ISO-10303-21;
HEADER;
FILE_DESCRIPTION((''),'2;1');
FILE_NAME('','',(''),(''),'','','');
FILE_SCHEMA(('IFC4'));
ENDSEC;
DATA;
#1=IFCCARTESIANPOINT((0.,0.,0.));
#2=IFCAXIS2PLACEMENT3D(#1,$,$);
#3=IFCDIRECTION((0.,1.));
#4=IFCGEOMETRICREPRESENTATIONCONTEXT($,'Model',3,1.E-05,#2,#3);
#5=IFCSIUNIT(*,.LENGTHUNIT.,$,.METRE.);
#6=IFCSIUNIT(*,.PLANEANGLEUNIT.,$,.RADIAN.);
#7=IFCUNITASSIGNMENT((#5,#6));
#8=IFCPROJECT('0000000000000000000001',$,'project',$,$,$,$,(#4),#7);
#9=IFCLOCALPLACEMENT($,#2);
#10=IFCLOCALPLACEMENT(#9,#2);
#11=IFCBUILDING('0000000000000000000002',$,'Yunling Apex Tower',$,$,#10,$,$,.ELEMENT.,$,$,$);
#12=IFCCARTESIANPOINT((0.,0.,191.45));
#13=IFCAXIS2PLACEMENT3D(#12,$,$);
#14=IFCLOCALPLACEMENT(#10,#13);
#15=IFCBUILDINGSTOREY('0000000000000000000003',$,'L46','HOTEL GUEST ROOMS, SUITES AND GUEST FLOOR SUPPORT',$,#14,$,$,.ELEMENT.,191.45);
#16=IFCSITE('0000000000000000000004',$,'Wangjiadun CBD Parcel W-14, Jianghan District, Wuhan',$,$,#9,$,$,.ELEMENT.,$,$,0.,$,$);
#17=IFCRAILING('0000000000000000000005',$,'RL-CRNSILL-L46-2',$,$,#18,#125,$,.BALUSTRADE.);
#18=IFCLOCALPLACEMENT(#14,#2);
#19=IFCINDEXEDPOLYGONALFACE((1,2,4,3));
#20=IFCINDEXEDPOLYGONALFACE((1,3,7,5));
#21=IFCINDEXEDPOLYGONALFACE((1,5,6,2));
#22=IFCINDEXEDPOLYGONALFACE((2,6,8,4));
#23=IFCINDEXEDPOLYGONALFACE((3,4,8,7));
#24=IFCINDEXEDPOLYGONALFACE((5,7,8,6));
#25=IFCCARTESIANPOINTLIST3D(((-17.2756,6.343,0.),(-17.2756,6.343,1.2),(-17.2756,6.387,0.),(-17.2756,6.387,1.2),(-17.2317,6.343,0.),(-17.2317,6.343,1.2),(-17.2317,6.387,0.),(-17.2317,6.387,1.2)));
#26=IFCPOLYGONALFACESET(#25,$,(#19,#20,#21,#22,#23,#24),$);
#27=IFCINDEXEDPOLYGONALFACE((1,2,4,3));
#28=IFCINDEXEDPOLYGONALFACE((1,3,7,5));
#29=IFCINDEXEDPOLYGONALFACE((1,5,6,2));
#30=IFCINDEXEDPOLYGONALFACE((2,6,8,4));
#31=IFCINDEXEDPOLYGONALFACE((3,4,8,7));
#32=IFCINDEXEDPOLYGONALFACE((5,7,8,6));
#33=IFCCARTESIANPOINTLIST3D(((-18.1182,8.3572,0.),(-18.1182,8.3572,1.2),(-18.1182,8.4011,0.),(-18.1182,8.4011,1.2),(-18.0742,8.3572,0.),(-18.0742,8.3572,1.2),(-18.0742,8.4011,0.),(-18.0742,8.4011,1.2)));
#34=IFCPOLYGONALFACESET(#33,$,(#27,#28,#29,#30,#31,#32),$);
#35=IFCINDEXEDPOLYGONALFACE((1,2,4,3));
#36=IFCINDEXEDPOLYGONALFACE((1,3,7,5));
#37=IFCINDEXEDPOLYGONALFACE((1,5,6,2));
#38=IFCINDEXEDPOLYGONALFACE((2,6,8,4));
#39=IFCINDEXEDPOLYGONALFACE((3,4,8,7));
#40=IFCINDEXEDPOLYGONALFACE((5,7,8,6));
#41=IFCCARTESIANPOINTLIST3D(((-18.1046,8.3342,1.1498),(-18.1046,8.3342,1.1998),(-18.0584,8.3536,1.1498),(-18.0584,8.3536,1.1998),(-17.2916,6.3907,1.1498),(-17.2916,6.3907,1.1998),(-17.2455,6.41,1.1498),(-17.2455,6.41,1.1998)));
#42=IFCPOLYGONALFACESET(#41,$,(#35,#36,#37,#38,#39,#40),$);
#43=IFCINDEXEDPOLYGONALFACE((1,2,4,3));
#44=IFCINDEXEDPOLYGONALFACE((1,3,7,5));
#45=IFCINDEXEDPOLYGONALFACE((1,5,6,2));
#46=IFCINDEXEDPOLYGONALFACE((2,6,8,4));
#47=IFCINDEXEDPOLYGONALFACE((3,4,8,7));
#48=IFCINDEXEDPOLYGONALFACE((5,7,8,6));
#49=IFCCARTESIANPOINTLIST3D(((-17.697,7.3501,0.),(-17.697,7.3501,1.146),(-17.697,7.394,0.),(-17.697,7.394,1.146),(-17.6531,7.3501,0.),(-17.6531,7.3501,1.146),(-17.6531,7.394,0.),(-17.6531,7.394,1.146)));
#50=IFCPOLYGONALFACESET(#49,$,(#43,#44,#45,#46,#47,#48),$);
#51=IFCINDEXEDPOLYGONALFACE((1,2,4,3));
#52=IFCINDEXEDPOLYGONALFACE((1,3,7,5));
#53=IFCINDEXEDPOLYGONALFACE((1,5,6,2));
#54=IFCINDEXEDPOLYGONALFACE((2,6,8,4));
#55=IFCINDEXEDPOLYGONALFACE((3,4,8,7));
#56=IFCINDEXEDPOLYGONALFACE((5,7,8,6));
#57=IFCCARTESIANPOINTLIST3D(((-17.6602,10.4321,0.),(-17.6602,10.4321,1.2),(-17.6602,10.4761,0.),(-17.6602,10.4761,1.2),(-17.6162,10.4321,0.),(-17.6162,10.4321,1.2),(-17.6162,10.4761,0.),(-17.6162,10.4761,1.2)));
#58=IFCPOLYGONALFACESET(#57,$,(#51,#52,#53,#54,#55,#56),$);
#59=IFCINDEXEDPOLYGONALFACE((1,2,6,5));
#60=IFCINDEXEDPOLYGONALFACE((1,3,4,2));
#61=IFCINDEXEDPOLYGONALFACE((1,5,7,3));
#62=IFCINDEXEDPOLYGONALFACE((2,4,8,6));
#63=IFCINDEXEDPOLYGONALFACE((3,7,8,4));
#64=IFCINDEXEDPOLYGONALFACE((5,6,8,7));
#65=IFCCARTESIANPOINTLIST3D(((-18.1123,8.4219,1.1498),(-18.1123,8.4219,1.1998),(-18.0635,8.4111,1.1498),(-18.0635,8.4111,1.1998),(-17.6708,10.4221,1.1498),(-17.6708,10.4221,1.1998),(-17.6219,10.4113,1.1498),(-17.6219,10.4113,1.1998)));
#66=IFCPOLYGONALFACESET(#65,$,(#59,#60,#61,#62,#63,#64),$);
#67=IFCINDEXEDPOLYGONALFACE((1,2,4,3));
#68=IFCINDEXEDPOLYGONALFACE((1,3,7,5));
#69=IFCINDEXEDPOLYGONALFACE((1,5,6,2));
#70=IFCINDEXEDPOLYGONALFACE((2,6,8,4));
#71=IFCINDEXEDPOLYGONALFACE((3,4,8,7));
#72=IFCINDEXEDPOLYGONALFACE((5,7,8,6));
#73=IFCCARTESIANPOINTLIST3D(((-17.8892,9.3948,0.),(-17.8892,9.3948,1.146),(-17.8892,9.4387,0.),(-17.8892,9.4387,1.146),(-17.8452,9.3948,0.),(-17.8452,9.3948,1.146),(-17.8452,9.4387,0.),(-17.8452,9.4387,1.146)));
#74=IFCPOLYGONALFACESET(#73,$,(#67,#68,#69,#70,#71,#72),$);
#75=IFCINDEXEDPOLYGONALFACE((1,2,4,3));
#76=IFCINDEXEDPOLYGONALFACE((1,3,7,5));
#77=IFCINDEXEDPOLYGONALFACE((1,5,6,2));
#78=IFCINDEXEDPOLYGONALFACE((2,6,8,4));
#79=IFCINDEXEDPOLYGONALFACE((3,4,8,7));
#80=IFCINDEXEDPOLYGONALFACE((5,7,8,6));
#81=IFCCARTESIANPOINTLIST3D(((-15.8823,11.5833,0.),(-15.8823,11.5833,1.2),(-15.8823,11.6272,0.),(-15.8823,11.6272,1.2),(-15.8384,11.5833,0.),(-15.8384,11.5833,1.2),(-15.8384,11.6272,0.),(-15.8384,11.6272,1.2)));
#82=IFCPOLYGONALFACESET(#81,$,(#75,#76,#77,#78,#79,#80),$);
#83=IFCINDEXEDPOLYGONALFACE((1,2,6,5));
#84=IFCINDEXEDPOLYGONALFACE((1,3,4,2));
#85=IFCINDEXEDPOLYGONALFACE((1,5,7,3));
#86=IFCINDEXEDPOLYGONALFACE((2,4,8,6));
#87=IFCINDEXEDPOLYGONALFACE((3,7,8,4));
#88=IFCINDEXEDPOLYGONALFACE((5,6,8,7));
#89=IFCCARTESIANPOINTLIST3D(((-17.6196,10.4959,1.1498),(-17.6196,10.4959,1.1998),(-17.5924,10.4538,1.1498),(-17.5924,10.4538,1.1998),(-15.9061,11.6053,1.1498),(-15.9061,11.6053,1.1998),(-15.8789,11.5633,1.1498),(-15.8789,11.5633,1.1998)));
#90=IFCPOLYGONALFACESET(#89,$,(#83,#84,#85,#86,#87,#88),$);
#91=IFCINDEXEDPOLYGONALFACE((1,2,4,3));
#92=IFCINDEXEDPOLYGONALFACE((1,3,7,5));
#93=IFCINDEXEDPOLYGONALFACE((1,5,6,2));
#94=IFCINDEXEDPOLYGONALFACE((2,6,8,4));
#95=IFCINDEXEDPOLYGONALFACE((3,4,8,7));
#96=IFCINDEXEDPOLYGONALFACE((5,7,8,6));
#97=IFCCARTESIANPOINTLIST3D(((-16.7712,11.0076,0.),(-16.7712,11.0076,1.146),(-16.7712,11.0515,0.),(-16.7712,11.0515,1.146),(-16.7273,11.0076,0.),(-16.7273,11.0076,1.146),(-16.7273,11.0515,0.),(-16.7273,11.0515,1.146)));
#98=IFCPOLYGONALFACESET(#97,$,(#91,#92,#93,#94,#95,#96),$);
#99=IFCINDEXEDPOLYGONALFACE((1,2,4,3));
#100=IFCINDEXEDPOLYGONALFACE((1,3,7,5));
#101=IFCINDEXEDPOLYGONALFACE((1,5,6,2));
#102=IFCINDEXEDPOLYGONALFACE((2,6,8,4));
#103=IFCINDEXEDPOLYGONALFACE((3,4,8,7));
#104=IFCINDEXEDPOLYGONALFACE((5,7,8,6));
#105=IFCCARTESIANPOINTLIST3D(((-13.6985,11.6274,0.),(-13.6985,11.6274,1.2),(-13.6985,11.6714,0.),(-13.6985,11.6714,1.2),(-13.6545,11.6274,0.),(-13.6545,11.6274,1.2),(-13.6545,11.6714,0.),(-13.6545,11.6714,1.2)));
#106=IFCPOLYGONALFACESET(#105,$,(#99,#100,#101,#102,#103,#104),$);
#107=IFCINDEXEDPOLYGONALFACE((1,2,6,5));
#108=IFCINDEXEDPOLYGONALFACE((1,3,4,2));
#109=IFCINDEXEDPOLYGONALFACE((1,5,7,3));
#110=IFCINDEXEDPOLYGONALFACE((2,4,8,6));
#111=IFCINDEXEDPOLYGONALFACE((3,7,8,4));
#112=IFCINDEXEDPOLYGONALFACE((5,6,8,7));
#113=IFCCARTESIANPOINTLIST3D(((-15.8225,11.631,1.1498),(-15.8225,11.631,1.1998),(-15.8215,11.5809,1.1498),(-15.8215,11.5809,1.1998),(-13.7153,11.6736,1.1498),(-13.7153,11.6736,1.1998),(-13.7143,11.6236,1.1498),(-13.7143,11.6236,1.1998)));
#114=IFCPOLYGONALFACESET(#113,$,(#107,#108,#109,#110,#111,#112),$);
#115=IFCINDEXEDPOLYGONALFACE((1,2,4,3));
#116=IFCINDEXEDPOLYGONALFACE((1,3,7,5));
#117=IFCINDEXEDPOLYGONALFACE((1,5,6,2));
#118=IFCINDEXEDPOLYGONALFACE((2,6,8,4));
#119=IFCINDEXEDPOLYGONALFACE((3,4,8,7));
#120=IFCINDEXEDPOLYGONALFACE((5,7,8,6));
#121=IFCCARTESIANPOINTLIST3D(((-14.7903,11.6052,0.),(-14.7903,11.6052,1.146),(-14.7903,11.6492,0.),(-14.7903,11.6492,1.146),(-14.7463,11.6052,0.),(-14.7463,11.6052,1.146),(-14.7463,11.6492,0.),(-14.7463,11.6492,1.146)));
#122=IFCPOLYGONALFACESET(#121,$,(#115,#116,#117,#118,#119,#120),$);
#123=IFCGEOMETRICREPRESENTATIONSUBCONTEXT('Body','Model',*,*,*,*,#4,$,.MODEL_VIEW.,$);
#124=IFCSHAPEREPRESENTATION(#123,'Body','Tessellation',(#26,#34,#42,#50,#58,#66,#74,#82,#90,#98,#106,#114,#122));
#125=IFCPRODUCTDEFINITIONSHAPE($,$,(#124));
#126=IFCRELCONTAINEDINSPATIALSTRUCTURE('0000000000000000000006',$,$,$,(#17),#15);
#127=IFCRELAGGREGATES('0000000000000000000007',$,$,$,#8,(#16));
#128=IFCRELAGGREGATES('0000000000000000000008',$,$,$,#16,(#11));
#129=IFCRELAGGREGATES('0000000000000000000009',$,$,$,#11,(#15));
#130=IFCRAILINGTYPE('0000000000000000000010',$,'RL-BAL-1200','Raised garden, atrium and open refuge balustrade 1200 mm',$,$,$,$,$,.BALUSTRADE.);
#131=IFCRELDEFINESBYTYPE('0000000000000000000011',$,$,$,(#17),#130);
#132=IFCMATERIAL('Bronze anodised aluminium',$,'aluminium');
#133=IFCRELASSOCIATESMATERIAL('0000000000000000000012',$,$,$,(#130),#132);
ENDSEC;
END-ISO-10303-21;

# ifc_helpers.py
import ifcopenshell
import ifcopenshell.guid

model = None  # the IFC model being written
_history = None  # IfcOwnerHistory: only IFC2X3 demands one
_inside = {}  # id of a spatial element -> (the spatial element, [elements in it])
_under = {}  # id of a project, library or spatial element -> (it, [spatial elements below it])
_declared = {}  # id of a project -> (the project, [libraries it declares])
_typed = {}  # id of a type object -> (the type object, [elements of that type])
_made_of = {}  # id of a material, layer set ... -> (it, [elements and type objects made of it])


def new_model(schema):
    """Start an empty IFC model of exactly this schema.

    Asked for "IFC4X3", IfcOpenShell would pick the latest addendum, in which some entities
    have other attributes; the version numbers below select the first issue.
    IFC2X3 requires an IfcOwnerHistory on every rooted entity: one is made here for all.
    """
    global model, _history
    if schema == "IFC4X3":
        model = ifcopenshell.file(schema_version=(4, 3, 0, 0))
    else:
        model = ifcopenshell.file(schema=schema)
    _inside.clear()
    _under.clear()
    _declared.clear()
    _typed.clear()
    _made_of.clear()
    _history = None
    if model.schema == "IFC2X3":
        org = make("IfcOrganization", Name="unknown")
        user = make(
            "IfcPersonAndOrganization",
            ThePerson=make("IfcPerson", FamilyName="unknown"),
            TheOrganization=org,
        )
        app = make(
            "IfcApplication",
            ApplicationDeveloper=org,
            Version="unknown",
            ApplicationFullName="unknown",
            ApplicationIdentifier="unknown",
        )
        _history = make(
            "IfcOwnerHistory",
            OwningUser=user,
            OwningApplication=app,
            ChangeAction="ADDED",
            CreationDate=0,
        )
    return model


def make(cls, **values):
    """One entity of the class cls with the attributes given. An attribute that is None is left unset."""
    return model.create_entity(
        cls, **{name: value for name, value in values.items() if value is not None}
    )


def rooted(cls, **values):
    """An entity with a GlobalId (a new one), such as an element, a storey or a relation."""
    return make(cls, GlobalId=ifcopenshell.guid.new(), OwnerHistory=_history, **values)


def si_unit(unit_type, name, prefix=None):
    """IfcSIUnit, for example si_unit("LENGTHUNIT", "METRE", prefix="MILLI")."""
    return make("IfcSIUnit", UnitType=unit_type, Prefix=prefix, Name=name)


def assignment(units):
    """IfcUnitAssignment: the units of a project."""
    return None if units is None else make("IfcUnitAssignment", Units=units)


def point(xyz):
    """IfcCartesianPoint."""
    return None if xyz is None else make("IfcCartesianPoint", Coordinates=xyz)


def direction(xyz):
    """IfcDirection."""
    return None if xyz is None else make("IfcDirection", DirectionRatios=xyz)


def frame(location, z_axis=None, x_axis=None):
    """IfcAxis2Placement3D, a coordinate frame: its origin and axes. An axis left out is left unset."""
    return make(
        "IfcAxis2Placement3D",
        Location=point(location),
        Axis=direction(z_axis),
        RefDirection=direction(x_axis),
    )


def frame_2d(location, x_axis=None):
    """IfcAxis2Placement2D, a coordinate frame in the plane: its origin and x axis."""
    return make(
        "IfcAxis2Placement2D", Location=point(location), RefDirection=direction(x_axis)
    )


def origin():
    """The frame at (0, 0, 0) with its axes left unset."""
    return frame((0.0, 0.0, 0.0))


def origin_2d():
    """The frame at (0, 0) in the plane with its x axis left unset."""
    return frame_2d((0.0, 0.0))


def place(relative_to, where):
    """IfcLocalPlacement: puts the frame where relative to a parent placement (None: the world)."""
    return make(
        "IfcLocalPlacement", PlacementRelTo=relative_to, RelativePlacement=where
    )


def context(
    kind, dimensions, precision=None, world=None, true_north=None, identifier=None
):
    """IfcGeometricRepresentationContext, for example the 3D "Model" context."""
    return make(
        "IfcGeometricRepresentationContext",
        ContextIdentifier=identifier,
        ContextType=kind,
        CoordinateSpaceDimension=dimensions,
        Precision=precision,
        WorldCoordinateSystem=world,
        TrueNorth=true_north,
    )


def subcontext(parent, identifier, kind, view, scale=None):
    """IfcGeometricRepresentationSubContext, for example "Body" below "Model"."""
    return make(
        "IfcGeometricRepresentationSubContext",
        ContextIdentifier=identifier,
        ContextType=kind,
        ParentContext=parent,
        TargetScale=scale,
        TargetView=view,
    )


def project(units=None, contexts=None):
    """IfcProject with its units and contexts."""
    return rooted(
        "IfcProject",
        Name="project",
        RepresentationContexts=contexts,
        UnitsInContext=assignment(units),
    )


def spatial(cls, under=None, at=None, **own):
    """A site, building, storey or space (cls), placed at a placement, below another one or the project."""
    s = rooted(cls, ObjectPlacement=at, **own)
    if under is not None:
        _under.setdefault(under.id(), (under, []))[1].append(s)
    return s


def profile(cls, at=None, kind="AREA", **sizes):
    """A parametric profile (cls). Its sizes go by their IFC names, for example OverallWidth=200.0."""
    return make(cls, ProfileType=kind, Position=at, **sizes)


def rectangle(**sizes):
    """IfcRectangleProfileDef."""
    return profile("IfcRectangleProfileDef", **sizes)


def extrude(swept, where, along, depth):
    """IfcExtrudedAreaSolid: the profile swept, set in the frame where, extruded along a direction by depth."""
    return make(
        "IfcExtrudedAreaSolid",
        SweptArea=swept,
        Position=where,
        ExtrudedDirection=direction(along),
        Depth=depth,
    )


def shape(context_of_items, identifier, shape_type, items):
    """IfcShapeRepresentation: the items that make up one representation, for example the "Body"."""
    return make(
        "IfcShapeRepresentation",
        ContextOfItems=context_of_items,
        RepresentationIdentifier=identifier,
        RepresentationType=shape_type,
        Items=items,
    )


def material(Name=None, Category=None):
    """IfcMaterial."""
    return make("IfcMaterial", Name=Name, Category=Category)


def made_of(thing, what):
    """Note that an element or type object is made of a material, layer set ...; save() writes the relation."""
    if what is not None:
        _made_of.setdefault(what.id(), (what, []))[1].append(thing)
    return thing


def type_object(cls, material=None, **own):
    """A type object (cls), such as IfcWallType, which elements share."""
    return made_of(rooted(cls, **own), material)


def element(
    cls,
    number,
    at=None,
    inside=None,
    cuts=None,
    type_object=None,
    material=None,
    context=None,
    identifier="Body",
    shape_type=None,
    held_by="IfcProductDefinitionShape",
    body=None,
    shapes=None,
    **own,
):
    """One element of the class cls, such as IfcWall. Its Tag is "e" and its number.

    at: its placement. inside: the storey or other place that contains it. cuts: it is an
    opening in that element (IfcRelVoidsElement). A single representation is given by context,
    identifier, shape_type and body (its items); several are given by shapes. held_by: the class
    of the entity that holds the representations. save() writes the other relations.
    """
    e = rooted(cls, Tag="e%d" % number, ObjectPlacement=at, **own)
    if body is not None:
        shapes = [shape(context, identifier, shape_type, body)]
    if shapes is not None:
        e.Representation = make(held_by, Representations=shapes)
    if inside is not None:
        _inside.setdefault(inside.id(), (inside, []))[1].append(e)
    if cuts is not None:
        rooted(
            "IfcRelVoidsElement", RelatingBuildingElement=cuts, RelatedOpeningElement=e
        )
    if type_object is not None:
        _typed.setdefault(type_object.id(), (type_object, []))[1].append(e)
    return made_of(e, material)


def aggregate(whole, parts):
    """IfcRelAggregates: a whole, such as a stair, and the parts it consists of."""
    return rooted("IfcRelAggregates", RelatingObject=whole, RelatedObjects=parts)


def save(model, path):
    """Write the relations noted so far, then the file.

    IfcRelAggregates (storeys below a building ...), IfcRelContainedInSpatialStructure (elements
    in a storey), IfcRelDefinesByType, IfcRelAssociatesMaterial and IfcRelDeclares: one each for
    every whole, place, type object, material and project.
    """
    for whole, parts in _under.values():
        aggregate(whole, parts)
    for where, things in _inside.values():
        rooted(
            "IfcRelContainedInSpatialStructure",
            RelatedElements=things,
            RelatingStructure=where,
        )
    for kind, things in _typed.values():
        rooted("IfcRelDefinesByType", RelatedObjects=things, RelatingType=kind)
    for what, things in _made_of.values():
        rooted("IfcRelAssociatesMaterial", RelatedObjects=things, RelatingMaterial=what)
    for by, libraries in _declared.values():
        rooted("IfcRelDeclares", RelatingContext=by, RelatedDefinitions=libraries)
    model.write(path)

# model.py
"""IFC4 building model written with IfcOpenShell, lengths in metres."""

from ifc_helpers import new_model, si_unit, direction, frame, origin, origin_2d, place, context, subcontext, project, spatial, rectangle, extrude, material, type_object, element, save


model = new_model("IFC4")

# Units and contexts
model_context = context("Model", 3, precision=1e-05, world=origin(), true_north=direction((0.0, 1.0)))
body_context = subcontext(model_context, "Body", "Model", "MODEL_VIEW")
ifc_project = project(units=[si_unit("LENGTHUNIT", "METRE"), si_unit("PLANEANGLEUNIT", "RADIAN")], contexts=[model_context])

# Site, building, storey
site_placement = place(None, origin())
site = spatial("IfcSite", under=ifc_project, at=site_placement, Name="Wangjiadun CBD Parcel W-14, Jianghan District, Wuhan", CompositionType="ELEMENT", RefElevation=0.0)
building_placement = place(site_placement, origin())
building = spatial("IfcBuilding", under=site, at=building_placement, Name="Yunling Apex Tower", CompositionType="ELEMENT")
storey_placement = place(building_placement, frame((0.0, 0.0, 191.45)))
storey = spatial("IfcBuildingStorey", under=building, at=storey_placement, Name="L46", Description="HOTEL GUEST ROOMS, SUITES AND GUEST FLOOR SUPPORT", CompositionType="ELEMENT", Elevation=191.45)

# Shared definitions
ifc_material_1 = material(Name="Bronze anodised aluminium", Category="aluminium")

# Railing
railing_type = type_object("IfcRailingType", Name="RL-BAL-1200", Description="Raised garden, atrium and open refuge balustrade 1200 mm", PredefinedType="BALUSTRADE", material=ifc_material_1)
railing_placement = place(storey_placement, frame((-17.2537, 6.365, 0.0)))
element("IfcRailing", 1, at=railing_placement, inside=storey, type_object=railing_type, Name="RL-CRNSILL-L46-2", PredefinedType="BALUSTRADE", context=body_context, shape_type="SweptSolid", body=[
    extrude(rectangle(XDim=0.0439, YDim=0.0439, at=origin_2d()), origin(), (0.0, 0.0, 1.0), 1.2),
    extrude(rectangle(XDim=0.0439, YDim=0.0439, at=origin_2d()), frame((-0.8425, 2.0142, 0.0)), (0.0, 0.0, 1.0), 1.2),
    extrude(rectangle(XDim=0.05, YDim=0.05, at=origin_2d()), frame((-0.0149, 0.0354, 1.1748), z_axis=(-0.385901, 0.92254, 0.0), x_axis=(-0.92254, -0.385901, 0.0)), (0.0, 0.0, 1.0), 2.1067),
    extrude(rectangle(XDim=0.0439, YDim=0.0439, at=origin_2d()), frame((-0.4214, 1.0071, 0.0)), (0.0, 0.0, 1.0), 1.146),
    extrude(rectangle(XDim=0.0439, YDim=0.0439, at=origin_2d()), frame((-0.3845, 4.0891, 0.0)), (0.0, 0.0, 1.0), 1.2),
    extrude(rectangle(XDim=0.05, YDim=0.05, at=origin_2d()), frame((-0.8342, 2.0515, 1.1748), z_axis=(0.215543, 0.976494, 0.0), x_axis=(-0.976494, 0.215543, 0.0)), (0.0, 0.0, 1.0), 2.0483),
    extrude(rectangle(XDim=0.0439, YDim=0.0439, at=origin_2d()), frame((-0.6135, 3.0518, 0.0)), (0.0, 0.0, 1.0), 1.146),
    extrude(rectangle(XDim=0.0439, YDim=0.0439, at=origin_2d()), frame((1.3933, 5.2402, 0.0)), (0.0, 0.0, 1.0), 1.2),
    extrude(rectangle(XDim=0.05, YDim=0.05, at=origin_2d()), frame((-0.3523, 4.1099, 1.1748), z_axis=(0.839406, 0.543505, 0.0), x_axis=(-0.543505, 0.839406, 0.0)), (0.0, 0.0, 1.0), 2.0413),
    extrude(rectangle(XDim=0.0439, YDim=0.0439, at=origin_2d()), frame((0.5044, 4.6646, 0.0)), (0.0, 0.0, 1.0), 1.146),
    extrude(rectangle(XDim=0.0439, YDim=0.0439, at=origin_2d()), frame((3.5771, 5.2844, 0.0)), (0.0, 0.0, 1.0), 1.2),
    extrude(rectangle(XDim=0.05, YDim=0.05, at=origin_2d()), frame((1.4316, 5.241, 1.1748), z_axis=(0.999795, 0.020231, 0.0), x_axis=(-0.020231, 0.999795, 0.0)), (0.0, 0.0, 1.0), 2.1077),
    extrude(rectangle(XDim=0.0439, YDim=0.0439, at=origin_2d()), frame((2.4854, 5.2622, 0.0)), (0.0, 0.0, 1.0), 1.146),
])

save(model, "model.ifc")
